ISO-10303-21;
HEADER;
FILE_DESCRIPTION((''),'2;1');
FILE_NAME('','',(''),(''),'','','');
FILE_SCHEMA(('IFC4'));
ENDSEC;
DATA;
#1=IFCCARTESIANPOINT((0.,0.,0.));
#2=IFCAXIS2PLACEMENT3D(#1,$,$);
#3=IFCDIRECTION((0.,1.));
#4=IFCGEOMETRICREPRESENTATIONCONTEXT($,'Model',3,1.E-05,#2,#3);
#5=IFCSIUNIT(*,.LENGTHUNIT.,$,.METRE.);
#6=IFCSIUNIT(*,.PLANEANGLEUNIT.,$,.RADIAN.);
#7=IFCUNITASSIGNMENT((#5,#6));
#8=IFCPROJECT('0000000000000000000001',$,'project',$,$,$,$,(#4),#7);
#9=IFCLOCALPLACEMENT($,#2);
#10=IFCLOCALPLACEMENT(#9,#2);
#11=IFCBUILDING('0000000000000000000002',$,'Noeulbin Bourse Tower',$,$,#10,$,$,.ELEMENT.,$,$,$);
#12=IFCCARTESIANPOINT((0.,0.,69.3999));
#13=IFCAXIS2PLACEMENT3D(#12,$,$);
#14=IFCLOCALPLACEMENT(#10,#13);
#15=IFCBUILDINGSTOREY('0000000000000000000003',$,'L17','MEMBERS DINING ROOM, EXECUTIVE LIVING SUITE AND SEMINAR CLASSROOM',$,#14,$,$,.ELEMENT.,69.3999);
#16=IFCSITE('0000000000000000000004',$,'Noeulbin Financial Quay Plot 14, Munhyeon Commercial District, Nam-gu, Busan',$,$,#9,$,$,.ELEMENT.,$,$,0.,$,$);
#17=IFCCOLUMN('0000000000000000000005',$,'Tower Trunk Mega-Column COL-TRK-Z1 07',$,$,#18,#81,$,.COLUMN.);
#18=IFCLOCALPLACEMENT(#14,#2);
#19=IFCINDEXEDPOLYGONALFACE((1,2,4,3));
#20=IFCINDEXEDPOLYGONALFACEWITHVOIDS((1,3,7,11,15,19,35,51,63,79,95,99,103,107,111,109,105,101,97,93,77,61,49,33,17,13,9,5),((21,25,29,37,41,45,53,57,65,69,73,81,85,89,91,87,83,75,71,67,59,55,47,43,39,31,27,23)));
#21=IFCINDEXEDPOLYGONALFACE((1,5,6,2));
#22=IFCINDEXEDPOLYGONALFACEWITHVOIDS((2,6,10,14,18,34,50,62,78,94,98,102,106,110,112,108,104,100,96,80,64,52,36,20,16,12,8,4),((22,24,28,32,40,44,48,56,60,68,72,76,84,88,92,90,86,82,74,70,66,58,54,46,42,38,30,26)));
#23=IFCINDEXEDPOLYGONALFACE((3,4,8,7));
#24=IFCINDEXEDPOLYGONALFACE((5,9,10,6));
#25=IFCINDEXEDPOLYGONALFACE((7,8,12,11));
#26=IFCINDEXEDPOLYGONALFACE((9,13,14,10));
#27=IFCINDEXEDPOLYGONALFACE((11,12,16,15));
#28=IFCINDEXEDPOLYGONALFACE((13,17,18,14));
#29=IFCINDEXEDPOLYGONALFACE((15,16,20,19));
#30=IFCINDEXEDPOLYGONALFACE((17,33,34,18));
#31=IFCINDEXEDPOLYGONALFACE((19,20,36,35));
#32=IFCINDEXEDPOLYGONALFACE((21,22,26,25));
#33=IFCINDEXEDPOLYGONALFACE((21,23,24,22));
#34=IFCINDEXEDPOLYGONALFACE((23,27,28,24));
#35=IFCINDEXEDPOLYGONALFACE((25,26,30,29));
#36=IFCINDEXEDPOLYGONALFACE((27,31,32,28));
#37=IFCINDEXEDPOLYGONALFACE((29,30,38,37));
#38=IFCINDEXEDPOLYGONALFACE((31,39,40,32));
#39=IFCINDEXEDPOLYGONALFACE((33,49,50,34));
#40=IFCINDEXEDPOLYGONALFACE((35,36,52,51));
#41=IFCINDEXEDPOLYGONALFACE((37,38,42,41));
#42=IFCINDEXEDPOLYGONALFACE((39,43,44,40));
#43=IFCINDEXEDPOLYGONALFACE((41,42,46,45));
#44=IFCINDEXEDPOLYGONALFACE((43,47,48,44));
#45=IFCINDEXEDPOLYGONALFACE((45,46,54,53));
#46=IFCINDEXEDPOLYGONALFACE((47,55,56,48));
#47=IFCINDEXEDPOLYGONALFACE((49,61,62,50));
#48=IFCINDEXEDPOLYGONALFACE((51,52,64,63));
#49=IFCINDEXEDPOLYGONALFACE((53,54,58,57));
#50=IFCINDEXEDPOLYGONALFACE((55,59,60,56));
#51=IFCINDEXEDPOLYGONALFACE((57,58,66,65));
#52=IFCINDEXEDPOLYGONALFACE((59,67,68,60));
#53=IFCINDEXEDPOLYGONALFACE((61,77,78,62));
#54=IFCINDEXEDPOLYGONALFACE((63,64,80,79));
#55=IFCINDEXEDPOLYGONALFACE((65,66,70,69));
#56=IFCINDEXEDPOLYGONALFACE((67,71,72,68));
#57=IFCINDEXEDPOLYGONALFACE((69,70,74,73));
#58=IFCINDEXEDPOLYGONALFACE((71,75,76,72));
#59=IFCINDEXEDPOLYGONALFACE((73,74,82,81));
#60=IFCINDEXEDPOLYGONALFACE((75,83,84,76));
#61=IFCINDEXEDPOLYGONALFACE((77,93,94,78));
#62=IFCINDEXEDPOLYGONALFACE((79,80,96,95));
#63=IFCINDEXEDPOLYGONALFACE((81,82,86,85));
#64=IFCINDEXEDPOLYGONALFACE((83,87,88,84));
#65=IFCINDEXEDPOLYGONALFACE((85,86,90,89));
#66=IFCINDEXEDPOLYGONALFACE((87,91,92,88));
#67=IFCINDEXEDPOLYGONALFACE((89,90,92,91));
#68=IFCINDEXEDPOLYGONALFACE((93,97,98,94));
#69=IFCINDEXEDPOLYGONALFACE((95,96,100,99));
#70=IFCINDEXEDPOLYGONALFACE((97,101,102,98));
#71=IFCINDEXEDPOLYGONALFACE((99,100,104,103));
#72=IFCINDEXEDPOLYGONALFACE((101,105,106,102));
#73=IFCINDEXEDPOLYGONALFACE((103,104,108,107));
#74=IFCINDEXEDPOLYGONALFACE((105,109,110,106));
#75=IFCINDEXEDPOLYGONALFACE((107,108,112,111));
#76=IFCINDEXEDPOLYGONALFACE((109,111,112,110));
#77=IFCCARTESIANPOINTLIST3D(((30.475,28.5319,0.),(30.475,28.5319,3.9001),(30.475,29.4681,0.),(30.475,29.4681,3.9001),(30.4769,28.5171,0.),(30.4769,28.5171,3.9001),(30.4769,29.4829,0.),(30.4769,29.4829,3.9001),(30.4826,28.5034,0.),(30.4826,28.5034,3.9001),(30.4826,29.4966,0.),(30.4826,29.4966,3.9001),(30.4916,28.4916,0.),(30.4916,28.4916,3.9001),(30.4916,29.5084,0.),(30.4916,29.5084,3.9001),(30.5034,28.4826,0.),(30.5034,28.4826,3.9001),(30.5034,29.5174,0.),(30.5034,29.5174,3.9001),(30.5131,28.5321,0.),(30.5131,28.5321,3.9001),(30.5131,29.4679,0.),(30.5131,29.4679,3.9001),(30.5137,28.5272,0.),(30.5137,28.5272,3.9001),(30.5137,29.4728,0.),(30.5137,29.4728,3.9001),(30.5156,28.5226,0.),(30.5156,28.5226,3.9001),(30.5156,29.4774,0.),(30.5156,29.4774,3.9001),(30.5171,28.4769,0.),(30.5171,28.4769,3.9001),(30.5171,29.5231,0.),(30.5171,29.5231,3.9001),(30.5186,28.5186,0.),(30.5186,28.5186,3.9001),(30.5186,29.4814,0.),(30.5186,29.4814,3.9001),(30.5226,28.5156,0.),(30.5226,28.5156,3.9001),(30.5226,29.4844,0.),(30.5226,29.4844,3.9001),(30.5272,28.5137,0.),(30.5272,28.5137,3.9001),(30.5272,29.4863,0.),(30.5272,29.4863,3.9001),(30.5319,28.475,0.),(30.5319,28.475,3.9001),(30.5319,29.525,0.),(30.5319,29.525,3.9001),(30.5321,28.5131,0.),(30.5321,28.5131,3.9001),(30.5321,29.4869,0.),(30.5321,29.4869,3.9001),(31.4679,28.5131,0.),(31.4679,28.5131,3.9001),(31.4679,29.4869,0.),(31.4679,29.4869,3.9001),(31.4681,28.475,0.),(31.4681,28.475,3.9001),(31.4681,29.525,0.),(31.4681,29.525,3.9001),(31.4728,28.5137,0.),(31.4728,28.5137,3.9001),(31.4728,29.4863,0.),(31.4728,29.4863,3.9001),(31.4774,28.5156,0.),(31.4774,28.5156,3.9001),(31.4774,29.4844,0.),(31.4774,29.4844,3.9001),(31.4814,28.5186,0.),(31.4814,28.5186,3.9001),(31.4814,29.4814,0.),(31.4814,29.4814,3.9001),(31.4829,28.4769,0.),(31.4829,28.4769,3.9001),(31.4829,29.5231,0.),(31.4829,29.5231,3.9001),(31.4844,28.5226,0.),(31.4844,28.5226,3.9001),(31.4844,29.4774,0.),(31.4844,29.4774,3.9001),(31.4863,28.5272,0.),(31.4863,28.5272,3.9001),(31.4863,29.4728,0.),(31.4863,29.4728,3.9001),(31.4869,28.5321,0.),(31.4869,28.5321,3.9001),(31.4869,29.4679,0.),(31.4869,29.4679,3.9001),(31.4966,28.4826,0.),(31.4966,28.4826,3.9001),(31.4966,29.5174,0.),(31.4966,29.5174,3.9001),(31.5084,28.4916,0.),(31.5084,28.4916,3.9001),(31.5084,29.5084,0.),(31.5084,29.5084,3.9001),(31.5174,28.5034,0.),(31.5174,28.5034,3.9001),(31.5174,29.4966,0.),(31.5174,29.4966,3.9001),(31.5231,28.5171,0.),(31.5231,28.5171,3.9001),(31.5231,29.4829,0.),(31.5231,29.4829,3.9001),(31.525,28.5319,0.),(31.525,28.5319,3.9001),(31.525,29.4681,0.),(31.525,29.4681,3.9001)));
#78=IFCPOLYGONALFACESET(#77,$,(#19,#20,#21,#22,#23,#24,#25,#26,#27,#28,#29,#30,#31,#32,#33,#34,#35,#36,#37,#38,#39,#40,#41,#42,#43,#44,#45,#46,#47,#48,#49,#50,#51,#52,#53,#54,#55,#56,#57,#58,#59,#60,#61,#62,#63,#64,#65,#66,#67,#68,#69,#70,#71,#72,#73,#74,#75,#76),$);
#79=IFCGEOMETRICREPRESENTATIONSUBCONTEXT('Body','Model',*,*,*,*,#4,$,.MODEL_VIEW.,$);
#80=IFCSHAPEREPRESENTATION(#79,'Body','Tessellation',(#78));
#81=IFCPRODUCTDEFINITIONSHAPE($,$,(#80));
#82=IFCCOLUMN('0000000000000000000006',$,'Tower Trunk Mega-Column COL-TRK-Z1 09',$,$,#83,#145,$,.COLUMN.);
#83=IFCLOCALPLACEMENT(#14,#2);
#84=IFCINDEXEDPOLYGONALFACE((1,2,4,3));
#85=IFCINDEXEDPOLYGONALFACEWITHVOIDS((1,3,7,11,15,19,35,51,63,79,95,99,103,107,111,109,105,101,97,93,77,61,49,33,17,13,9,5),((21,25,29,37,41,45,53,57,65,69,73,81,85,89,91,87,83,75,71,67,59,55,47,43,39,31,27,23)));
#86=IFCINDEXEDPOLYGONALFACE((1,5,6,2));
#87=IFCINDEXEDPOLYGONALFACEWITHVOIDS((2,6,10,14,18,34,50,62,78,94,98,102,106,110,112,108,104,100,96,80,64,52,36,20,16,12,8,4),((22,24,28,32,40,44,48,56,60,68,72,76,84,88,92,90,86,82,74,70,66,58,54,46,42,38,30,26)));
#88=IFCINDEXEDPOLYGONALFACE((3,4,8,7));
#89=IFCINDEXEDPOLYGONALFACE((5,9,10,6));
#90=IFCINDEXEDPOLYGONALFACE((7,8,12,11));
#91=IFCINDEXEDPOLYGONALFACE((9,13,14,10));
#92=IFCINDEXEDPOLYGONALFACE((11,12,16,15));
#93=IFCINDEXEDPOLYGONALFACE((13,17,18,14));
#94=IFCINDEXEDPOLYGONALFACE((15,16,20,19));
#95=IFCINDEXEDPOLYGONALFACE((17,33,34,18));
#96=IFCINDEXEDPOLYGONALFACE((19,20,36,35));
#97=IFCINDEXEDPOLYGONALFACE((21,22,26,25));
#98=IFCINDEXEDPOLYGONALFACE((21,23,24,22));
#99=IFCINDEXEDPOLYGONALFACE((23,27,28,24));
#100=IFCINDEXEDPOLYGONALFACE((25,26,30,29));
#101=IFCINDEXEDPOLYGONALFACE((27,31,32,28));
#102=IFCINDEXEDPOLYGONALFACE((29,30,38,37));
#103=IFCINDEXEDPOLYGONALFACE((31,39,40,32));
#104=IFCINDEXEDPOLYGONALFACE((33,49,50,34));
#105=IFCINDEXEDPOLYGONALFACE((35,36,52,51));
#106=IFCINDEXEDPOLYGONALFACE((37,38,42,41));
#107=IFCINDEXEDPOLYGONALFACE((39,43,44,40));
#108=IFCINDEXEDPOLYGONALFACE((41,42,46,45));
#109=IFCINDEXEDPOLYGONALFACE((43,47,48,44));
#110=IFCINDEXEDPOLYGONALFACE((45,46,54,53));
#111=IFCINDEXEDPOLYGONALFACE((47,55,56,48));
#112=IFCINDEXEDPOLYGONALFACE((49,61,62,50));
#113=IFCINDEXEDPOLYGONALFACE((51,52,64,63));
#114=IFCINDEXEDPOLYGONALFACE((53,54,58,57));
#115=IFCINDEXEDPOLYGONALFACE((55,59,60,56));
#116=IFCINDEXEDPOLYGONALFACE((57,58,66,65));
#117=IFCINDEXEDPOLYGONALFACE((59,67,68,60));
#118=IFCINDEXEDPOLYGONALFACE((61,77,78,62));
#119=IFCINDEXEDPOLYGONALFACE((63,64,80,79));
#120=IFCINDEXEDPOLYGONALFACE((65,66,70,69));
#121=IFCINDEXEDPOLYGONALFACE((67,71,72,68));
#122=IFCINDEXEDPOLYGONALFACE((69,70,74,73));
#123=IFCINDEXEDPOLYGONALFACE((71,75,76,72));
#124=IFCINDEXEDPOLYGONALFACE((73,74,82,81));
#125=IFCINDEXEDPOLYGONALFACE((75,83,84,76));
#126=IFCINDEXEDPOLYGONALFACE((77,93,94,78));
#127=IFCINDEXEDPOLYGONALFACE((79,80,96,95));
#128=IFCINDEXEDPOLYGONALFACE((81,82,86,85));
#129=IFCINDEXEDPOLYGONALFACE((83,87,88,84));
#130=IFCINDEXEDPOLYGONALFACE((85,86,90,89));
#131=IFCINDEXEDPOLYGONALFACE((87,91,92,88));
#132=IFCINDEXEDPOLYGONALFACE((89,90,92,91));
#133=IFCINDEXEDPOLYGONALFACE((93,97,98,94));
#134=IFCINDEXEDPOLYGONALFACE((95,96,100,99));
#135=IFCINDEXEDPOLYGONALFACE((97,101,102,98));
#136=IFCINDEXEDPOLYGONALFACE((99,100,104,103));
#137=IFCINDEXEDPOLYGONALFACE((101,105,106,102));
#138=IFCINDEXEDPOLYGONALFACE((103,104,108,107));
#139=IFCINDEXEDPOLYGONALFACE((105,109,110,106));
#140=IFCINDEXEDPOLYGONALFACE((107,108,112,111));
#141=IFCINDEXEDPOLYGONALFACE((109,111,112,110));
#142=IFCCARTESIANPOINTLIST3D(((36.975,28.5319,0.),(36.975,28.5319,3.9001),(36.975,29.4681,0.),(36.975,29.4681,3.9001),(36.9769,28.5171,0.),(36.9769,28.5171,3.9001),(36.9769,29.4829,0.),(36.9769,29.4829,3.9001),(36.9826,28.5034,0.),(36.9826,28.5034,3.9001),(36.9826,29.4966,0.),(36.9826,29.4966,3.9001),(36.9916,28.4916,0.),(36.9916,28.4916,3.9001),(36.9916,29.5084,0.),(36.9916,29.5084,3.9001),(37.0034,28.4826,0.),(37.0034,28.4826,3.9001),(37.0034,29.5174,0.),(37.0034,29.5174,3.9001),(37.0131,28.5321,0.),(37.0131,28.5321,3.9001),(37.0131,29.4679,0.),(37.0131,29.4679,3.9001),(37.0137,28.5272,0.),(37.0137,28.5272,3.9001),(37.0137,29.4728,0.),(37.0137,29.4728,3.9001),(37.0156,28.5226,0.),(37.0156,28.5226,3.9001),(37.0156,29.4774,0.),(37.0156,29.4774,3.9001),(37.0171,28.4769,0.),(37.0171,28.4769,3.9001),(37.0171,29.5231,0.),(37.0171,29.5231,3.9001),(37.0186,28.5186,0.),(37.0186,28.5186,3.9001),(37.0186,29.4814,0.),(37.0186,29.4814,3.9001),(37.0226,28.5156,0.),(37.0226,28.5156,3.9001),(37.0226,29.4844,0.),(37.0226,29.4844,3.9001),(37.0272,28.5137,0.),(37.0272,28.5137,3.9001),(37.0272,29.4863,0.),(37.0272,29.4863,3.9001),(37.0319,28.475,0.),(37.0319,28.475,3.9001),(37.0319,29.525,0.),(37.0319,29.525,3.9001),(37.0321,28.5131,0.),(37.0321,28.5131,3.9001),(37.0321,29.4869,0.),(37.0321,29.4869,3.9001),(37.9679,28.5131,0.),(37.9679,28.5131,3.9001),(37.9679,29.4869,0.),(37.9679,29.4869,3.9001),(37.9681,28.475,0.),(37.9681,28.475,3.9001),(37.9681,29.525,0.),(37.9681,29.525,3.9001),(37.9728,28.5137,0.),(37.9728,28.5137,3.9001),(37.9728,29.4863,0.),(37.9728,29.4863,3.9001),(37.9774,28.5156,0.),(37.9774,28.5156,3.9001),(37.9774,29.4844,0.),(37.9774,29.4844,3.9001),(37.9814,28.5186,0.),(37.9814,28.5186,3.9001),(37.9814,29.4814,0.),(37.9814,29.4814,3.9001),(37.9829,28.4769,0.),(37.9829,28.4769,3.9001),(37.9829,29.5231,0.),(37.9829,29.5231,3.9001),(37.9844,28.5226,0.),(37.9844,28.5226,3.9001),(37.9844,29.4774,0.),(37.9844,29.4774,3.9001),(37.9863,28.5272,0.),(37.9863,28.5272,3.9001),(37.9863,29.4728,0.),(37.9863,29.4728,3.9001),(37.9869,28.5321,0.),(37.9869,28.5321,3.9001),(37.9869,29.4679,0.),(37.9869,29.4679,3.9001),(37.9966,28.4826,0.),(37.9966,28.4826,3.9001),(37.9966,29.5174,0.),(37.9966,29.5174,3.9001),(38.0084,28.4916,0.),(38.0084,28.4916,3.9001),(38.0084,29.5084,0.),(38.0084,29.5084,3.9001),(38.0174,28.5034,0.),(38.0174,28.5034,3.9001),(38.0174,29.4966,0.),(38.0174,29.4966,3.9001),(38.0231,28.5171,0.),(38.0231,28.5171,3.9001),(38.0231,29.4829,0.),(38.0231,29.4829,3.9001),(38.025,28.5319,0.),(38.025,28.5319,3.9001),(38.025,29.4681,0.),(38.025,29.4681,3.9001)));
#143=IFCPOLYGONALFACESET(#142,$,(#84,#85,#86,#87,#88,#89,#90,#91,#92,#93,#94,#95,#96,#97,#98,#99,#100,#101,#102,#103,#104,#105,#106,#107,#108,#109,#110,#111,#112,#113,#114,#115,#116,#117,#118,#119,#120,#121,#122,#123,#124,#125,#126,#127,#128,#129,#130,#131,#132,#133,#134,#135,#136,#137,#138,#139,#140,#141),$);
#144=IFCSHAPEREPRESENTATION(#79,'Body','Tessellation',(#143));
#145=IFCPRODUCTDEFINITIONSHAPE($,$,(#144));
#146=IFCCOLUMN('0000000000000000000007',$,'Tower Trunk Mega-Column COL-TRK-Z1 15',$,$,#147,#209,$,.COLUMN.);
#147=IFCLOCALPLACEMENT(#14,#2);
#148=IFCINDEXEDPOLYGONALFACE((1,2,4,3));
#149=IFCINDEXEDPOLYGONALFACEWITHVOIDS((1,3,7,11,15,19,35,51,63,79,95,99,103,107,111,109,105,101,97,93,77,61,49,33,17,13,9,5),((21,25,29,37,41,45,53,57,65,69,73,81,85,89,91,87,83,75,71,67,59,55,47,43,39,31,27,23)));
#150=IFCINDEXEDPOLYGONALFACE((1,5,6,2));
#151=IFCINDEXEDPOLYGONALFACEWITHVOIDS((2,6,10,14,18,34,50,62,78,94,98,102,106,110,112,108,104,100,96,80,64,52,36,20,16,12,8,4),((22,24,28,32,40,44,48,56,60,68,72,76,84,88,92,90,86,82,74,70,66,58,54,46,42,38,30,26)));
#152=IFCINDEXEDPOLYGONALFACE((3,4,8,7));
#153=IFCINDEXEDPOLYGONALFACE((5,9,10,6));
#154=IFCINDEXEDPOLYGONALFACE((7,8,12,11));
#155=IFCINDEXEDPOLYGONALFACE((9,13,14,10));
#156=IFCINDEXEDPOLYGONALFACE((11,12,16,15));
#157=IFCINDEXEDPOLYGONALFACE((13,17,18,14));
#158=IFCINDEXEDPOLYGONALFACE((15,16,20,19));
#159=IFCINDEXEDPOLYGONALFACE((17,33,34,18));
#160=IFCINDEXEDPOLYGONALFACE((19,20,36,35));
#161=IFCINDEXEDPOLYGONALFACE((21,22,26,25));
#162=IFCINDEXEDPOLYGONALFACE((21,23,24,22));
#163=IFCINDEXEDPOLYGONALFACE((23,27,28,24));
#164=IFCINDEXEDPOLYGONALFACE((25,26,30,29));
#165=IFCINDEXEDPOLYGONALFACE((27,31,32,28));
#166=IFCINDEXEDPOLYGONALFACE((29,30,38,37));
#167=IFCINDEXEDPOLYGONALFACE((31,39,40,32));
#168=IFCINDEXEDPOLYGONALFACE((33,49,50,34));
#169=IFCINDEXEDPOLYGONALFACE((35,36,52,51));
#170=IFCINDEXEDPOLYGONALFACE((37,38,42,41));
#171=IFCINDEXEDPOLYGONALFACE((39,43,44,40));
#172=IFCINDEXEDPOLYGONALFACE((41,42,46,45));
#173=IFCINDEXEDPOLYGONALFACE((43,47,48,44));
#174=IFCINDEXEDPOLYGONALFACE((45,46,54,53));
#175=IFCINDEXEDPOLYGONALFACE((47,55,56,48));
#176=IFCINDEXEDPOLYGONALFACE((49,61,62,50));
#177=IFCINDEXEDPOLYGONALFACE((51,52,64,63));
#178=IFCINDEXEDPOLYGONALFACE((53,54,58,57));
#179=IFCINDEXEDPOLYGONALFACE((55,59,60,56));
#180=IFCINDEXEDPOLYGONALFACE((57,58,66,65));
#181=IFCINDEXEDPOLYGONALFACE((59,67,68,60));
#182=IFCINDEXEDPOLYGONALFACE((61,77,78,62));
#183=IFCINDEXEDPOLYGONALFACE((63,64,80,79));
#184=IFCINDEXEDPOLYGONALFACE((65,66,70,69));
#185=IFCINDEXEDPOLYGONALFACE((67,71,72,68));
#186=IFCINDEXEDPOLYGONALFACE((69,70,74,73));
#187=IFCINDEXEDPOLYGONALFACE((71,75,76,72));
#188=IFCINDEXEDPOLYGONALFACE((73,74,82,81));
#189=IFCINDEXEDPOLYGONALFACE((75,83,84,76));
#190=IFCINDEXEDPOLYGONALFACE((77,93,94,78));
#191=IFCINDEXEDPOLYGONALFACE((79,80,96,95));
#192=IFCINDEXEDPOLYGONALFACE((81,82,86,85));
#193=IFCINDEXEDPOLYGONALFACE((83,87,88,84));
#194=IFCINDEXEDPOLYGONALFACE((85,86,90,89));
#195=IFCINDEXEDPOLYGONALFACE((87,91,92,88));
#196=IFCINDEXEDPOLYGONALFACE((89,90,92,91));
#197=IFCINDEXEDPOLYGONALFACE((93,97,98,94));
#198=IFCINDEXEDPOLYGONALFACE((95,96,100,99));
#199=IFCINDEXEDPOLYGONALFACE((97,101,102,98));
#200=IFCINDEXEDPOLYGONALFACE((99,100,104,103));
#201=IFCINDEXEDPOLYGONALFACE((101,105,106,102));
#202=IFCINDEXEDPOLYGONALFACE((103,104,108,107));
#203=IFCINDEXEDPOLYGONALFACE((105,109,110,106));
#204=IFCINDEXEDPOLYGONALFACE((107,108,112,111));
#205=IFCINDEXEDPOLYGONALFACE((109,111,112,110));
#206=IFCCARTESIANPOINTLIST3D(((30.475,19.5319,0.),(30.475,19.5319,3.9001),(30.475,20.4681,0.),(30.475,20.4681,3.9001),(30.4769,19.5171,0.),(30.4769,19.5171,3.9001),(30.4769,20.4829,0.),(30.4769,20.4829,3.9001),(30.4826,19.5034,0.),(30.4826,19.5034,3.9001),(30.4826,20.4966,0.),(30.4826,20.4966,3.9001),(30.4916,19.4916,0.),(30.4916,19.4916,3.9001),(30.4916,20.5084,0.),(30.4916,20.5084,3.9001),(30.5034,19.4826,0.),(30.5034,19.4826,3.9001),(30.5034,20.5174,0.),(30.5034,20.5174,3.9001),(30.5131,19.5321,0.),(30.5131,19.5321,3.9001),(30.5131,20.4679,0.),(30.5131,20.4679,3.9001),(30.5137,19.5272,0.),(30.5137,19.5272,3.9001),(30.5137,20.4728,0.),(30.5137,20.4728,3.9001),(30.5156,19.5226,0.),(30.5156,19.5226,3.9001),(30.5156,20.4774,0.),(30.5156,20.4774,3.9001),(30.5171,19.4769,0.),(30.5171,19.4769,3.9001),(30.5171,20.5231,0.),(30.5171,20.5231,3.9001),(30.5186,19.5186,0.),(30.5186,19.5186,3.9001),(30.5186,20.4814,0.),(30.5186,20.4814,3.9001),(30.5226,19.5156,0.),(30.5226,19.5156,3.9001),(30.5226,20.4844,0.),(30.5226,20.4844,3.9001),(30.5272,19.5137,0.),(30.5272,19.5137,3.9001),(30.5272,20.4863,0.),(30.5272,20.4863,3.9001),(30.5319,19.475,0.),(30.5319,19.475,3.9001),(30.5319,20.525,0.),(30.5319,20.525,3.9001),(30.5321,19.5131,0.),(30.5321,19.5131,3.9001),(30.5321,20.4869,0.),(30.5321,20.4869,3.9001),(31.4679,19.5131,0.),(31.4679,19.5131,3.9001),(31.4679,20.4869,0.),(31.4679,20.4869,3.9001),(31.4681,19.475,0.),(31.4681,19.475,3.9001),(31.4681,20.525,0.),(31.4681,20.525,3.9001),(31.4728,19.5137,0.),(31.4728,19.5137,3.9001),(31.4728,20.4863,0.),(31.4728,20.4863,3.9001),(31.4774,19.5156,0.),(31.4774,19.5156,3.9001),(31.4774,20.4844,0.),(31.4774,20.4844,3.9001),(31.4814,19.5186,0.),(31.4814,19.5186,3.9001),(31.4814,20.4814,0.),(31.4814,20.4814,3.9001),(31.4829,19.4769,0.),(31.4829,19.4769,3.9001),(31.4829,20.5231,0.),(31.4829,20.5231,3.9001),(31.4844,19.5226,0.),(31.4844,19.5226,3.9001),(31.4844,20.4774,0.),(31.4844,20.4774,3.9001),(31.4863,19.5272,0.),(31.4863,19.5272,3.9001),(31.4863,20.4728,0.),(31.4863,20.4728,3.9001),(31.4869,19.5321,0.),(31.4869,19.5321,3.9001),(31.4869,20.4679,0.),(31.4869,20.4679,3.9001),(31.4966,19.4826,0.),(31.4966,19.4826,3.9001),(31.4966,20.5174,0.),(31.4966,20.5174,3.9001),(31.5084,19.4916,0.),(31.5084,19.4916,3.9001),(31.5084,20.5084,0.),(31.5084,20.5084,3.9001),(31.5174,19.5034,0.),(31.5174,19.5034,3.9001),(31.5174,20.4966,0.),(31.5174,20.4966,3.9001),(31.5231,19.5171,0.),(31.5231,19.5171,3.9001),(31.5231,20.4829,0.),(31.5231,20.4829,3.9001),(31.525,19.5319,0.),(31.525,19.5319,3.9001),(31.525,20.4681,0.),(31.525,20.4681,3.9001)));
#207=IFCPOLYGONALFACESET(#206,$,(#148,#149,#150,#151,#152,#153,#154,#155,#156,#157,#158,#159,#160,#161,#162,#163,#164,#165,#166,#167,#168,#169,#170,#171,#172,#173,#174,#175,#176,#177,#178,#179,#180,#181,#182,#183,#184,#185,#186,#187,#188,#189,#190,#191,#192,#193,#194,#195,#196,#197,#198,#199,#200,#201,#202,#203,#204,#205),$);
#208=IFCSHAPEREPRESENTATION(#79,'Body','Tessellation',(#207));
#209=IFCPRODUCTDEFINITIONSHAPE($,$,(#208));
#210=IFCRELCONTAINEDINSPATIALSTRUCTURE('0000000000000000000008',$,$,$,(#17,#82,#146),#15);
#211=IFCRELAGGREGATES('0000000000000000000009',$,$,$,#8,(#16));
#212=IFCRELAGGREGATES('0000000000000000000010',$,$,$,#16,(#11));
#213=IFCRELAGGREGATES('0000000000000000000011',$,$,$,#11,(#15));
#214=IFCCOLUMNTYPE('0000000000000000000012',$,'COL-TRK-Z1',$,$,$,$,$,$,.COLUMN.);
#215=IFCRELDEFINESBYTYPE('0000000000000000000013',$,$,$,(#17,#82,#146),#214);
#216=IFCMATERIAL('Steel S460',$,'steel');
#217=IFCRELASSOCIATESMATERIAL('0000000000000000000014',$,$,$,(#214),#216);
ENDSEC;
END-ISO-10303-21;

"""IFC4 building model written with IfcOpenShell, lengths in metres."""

from ifc_helpers import new_model, si_unit, direction, frame, origin, origin_2d, place, context, subcontext, project, spatial, hollow_rectangle, extrude, material, material_profile, profile_set, type_object, element, save


model = new_model("IFC4")

# Units and contexts
model_context = context("Model", 3, precision=1e-05, world=origin(), true_north=direction((0.0, 1.0)))
body_context = subcontext(model_context, "Body", "Model", "MODEL_VIEW")
ifc_project = project(units=[si_unit("LENGTHUNIT", "METRE"), si_unit("PLANEANGLEUNIT", "RADIAN")], contexts=[model_context])

# Site, building, storey
site_placement = place(None, origin())
site = spatial("IfcSite", under=ifc_project, at=site_placement, Name="Noeulbin Financial Quay Plot 14, Munhyeon Commercial District, Nam-gu, Busan", CompositionType="ELEMENT", RefElevation=0.0)
building_placement = place(site_placement, origin())
building = spatial("IfcBuilding", under=site, at=building_placement, Name="Noeulbin Bourse Tower", CompositionType="ELEMENT")
storey_placement = place(building_placement, frame((0.0, 0.0, 69.3999)))
storey = spatial("IfcBuildingStorey", under=building, at=storey_placement, Name="L17", Description="MEMBERS DINING ROOM, EXECUTIVE LIVING SUITE AND SEMINAR CLASSROOM", CompositionType="ELEMENT", Elevation=69.3999)

# Columns
ifc_material_1 = material(Name="Steel S460", Category="steel")
ifc_material_profile_1 = material_profile(ifc_material_1, hollow_rectangle(XDim=1.05, YDim=1.05, WallThickness=0.0381, InnerFilletRadius=0.019, OuterFilletRadius=0.0569, at=origin_2d()), Name="BOX-1050x1050x38", Category="LoadBearing")
ifc_profile_set_1 = profile_set([ifc_material_profile_1], Name="Steel S460")
column_type = type_object("IfcColumnType", Name="COL-TRK-Z1", PredefinedType="COLUMN", material=ifc_profile_set_1)
for number, where, z_axis, x_axis, name in (
    (1, (31.0, 29.0, 0.0), (0.0, 0.0, 1.0), (1.0, 0.0, 0.0), "Tower Trunk Mega-Column COL-TRK-Z1 07"),
    (2, (37.5, 29.0, 0.0), (0.0, 0.0, 1.0), (1.0, 0.0, 0.0), "Tower Trunk Mega-Column COL-TRK-Z1 09"),
    (3, (31.0, 20.0, 0.0), (0.0, 0.0, 1.0), (1.0, 0.0, 0.0), "Tower Trunk Mega-Column COL-TRK-Z1 15"),
):
    element("IfcColumn", number, at=place(storey_placement, frame(where, z_axis=z_axis, x_axis=x_axis)), inside=storey, type_object=column_type, Name=name, PredefinedType="COLUMN", context=body_context, shape_type="SweptSolid", body=[
        extrude(hollow_rectangle(XDim=1.05, YDim=1.05, WallThickness=0.0381, InnerFilletRadius=0.019, OuterFilletRadius=0.0569, at=origin_2d()), origin(), (0.0, 0.0, 1.0), 3.9001),
    ])

save(model, "model.ifc")
